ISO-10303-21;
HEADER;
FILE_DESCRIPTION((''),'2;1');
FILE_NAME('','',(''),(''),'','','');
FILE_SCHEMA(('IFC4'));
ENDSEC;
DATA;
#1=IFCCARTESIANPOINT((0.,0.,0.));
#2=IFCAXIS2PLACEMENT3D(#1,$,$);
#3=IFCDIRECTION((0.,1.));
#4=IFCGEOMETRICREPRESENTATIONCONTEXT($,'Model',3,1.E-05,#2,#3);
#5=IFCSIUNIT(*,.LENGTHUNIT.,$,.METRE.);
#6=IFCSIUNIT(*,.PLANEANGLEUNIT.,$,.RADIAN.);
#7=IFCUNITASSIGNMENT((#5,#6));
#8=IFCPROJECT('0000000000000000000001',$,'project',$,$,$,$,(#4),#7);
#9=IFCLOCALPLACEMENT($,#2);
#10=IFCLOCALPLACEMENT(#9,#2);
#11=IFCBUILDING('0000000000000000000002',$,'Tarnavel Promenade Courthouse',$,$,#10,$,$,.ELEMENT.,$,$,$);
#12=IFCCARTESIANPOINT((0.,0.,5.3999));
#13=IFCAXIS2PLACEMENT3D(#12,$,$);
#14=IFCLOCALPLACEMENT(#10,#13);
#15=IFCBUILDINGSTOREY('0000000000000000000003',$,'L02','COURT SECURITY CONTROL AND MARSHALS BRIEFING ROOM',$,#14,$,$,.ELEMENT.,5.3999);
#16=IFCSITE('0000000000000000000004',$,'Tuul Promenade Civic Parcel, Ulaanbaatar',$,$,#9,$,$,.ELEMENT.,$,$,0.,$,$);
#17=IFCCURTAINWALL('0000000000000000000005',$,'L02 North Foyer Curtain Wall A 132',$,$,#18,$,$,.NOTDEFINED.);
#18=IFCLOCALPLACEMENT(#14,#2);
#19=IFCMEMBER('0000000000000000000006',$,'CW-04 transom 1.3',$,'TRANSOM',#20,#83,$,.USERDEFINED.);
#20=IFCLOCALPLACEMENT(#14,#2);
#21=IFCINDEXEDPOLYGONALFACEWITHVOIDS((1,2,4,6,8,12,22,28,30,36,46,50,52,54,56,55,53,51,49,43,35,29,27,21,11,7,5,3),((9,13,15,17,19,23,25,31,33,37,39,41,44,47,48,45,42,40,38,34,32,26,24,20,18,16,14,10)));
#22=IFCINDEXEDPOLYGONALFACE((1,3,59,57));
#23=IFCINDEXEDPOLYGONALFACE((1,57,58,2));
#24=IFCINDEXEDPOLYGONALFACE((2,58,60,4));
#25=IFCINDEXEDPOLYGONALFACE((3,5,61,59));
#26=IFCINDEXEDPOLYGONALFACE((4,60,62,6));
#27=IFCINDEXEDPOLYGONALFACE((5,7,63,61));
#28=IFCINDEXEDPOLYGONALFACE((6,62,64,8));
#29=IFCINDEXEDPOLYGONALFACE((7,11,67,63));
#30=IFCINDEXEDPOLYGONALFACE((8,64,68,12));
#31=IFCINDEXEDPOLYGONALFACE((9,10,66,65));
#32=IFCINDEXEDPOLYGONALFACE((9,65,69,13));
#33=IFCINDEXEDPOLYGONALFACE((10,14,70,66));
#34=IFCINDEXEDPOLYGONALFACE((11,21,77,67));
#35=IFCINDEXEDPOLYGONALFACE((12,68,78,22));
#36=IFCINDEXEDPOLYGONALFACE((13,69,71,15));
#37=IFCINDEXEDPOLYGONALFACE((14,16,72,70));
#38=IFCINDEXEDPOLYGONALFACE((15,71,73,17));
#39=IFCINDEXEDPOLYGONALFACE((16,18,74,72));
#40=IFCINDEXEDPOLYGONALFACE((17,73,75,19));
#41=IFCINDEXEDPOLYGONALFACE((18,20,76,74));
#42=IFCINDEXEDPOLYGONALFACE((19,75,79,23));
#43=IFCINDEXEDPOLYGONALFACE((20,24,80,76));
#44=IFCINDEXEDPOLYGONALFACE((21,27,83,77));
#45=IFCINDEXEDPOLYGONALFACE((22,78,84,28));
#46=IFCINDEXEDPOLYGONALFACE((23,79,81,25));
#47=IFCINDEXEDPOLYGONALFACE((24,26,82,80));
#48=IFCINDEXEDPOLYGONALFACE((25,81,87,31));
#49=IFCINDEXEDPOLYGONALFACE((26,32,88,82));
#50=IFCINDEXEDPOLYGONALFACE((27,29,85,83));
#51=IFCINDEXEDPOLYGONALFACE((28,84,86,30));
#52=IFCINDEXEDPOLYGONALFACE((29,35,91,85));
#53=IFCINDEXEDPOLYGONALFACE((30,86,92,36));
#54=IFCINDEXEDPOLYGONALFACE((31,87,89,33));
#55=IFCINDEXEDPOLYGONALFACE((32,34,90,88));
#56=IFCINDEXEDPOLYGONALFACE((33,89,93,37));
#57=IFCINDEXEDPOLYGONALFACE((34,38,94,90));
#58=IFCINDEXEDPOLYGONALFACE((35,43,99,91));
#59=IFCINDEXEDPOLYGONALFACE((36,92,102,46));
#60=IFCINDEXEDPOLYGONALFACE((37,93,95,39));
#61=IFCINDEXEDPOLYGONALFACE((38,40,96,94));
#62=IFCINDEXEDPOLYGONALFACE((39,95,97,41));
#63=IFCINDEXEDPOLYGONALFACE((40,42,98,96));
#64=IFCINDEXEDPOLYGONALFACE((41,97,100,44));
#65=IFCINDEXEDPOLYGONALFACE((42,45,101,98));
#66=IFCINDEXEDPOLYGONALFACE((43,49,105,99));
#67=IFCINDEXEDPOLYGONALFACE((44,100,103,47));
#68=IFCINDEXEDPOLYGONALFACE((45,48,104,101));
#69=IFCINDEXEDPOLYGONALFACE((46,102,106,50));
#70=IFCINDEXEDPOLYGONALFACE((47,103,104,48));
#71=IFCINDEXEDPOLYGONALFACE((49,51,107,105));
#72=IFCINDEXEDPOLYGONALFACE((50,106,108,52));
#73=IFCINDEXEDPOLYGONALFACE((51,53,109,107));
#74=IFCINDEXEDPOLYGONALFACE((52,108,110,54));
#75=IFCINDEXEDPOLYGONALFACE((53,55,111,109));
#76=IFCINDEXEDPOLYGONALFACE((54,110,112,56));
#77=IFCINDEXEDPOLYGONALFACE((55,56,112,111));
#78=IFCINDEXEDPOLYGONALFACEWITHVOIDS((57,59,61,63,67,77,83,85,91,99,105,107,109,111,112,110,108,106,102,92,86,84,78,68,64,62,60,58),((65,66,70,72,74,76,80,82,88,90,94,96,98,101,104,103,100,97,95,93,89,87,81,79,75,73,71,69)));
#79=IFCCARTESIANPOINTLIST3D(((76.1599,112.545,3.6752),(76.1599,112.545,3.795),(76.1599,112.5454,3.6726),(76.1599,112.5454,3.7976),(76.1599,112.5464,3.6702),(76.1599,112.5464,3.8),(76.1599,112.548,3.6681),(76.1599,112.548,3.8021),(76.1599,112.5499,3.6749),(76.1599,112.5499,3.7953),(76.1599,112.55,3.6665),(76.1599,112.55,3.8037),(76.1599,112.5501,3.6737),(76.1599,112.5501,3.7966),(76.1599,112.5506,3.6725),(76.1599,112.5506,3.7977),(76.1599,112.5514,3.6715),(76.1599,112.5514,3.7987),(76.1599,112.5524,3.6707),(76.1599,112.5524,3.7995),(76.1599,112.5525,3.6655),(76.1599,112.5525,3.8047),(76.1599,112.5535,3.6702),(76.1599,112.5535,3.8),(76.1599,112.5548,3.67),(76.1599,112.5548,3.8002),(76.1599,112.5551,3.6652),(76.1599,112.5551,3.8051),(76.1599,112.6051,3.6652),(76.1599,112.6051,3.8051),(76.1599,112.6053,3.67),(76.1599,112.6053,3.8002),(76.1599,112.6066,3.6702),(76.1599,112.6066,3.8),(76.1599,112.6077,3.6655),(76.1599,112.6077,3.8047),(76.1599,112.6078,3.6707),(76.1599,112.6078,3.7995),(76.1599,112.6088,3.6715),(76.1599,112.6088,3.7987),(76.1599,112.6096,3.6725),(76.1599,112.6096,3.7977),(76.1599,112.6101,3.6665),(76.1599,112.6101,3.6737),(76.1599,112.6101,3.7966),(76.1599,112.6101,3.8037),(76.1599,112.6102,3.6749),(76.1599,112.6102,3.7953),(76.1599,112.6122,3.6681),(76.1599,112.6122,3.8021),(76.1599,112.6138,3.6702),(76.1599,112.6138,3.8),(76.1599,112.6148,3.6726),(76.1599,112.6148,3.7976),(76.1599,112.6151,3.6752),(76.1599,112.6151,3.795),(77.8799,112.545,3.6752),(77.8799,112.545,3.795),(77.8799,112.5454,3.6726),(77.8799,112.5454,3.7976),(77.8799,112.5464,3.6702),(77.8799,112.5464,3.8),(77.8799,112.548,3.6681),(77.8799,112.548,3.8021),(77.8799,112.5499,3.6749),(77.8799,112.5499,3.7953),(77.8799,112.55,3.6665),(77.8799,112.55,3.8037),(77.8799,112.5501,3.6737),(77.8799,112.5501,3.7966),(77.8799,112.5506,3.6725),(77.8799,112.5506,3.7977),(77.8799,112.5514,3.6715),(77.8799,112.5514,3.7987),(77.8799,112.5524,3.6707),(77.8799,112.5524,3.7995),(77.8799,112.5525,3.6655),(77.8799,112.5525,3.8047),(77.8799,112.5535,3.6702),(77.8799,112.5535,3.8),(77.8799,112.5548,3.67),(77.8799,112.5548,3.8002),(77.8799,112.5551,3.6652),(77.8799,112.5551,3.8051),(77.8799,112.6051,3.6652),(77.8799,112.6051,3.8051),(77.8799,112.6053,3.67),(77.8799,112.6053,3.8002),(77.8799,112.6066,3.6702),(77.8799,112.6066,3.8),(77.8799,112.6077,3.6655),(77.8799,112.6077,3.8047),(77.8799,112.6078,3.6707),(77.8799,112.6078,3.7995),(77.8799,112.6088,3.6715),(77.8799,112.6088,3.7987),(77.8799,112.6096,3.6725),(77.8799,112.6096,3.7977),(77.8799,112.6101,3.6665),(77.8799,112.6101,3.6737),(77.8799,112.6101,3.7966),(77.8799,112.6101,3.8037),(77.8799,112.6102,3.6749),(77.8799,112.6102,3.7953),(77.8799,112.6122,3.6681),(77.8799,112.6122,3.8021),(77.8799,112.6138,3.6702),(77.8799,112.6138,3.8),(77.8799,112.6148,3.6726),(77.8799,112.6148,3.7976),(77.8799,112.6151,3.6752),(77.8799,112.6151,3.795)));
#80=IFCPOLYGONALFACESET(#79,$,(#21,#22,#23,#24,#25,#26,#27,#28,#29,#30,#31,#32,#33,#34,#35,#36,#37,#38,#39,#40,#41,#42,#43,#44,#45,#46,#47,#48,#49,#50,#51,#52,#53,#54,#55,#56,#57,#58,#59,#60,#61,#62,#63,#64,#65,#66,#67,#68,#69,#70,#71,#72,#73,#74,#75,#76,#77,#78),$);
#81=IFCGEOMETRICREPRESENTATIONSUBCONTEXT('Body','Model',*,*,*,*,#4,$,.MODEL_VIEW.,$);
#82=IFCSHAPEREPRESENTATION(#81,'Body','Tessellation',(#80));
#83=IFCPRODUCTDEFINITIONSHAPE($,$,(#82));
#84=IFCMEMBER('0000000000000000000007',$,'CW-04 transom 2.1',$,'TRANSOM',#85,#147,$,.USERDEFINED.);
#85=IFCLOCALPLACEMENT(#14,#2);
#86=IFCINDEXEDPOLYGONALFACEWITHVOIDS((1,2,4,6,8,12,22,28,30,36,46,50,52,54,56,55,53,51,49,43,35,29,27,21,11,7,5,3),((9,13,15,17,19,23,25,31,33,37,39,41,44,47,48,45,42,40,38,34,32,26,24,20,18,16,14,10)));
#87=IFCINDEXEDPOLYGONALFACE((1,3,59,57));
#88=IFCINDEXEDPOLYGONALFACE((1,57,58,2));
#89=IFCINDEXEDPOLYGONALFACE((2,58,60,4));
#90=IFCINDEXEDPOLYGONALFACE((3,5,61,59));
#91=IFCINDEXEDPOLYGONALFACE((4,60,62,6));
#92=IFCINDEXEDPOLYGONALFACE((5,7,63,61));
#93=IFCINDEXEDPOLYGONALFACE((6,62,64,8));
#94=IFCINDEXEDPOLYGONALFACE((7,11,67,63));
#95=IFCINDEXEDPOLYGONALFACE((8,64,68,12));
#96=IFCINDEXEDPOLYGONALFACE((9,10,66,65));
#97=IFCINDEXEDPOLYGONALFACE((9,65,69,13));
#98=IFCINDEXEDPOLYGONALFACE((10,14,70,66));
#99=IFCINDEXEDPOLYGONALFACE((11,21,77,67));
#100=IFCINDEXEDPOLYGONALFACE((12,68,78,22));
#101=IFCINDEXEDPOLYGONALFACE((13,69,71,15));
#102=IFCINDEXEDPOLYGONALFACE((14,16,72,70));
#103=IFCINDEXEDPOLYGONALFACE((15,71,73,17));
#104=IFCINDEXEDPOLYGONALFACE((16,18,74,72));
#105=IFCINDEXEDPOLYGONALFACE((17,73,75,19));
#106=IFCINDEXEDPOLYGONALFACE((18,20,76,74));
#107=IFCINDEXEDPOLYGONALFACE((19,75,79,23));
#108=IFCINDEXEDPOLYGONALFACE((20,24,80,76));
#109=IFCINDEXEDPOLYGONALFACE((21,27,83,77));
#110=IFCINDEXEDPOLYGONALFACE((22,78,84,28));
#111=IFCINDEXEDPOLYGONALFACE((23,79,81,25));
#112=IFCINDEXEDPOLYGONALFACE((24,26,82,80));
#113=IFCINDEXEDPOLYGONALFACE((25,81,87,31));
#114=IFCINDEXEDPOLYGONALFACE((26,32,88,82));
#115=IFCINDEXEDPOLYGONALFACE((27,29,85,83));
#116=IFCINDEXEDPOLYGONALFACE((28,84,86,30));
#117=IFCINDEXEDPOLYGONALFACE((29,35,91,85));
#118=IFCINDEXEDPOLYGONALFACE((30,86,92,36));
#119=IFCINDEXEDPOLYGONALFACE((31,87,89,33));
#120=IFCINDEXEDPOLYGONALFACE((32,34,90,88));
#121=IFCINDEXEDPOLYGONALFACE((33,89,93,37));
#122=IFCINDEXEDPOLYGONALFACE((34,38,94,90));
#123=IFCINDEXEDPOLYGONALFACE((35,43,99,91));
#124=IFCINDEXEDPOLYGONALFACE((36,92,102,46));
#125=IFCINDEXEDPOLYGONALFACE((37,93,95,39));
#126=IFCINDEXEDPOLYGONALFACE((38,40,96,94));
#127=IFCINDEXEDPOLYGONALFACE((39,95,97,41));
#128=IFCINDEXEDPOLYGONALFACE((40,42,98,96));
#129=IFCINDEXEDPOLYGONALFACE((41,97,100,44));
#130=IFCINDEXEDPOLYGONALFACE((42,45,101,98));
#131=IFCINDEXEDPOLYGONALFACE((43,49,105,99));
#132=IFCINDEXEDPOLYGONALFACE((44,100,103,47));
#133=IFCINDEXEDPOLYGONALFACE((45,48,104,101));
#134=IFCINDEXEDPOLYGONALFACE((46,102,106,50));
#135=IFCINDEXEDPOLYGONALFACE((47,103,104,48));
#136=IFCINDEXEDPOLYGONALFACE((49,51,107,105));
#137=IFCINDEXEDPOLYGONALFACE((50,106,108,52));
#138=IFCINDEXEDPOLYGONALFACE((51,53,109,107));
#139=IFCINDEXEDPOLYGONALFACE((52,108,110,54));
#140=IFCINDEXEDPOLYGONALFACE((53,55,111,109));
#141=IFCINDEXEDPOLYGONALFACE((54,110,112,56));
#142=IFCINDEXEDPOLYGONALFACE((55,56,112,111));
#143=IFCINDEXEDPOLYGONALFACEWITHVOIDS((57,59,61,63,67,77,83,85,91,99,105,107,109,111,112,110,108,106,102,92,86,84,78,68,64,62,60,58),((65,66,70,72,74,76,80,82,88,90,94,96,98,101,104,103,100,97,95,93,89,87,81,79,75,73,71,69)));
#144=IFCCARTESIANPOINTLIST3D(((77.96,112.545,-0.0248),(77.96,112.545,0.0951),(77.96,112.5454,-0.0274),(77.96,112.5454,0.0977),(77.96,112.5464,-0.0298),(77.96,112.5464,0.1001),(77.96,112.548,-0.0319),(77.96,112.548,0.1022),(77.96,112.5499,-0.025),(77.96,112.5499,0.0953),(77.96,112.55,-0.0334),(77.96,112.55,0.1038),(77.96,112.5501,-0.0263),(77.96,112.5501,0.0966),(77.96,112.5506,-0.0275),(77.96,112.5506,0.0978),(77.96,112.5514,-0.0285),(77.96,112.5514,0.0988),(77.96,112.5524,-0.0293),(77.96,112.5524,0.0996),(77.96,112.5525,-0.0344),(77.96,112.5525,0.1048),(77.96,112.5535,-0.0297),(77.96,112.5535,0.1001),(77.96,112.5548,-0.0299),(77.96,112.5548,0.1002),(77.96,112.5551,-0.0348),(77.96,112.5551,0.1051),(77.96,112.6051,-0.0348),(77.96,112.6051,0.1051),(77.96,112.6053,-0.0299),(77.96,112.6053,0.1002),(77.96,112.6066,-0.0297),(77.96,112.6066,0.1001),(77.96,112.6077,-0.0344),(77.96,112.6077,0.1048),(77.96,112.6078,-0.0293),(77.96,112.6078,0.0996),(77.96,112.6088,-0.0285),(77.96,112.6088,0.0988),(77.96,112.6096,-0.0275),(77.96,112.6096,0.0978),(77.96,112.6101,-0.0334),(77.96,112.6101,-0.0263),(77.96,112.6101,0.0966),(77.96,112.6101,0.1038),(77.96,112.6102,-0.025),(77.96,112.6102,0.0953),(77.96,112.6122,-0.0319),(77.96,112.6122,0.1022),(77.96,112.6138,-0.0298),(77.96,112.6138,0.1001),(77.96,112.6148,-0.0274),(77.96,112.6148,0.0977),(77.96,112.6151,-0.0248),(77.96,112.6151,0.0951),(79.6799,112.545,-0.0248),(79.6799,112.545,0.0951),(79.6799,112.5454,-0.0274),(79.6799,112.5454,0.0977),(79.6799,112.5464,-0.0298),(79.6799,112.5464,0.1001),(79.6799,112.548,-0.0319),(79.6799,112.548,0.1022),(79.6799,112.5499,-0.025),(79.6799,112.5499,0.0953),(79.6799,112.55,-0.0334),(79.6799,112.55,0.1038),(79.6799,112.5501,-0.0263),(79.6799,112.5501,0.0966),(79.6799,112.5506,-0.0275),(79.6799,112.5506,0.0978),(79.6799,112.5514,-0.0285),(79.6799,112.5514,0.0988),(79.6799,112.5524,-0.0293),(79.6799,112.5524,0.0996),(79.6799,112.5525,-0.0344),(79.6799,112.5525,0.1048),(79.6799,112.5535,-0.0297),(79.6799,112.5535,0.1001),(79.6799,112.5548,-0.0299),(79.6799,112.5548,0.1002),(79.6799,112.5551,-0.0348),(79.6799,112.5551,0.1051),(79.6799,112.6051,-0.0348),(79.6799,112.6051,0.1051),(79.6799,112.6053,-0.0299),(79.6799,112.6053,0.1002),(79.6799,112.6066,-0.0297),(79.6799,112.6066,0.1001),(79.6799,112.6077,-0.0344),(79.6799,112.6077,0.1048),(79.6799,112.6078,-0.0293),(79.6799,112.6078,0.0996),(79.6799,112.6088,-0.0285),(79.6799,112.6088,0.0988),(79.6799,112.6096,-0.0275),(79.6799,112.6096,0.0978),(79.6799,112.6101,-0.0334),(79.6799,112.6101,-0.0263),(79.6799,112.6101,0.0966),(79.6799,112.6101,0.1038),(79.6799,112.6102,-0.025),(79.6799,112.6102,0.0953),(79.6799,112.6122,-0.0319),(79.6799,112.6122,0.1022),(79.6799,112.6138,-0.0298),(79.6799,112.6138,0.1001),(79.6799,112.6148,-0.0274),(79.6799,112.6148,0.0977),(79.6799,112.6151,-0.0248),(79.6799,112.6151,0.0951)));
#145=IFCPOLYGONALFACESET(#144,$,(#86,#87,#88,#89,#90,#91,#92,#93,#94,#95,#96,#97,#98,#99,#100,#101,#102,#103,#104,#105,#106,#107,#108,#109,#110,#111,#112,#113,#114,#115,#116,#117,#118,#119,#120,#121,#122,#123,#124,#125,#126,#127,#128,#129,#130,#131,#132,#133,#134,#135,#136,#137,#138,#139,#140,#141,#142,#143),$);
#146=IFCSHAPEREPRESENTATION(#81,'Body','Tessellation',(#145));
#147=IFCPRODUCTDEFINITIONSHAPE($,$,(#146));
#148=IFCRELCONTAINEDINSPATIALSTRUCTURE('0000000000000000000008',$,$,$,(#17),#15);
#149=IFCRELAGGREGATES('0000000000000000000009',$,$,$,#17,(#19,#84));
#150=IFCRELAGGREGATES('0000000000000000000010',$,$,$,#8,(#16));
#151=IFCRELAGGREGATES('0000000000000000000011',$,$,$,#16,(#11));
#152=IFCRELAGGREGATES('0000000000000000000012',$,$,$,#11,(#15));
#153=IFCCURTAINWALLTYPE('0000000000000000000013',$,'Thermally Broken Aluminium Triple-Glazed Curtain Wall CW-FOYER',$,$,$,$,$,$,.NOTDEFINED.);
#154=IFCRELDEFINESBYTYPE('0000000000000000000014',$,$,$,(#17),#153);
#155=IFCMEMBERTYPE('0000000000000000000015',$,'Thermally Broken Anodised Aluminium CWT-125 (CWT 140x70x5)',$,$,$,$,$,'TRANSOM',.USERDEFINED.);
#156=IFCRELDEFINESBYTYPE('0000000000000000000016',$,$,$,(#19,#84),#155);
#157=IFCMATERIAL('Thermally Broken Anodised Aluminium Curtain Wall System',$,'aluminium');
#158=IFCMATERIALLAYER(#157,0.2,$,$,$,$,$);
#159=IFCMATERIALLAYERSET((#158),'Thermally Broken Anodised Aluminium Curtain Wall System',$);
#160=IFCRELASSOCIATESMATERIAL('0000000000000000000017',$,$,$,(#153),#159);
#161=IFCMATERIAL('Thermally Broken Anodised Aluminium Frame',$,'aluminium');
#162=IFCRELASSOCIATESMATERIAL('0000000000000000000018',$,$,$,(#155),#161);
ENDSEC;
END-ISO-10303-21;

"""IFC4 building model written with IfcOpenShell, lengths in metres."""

from ifc_helpers import new_model, si_unit, direction, frame, origin, origin_2d, place, context, subcontext, project, spatial, hollow_rectangle, extrude, material, layer, layer_set, material_profile, profile_set, type_object, element, aggregate, save


model = new_model("IFC4")

# Units and contexts
model_context = context("Model", 3, precision=1e-05, world=origin(), true_north=direction((0.0, 1.0)))
body_context = subcontext(model_context, "Body", "Model", "MODEL_VIEW")
ifc_project = project(units=[si_unit("LENGTHUNIT", "METRE"), si_unit("PLANEANGLEUNIT", "RADIAN")], contexts=[model_context])

# Site, building, storey
site_placement = place(None, origin())
site = spatial("IfcSite", under=ifc_project, at=site_placement, Name="Tuul Promenade Civic Parcel, Ulaanbaatar", CompositionType="ELEMENT", RefElevation=0.0)
building_placement = place(site_placement, origin())
building = spatial("IfcBuilding", under=site, at=building_placement, Name="Tarnavel Promenade Courthouse", CompositionType="ELEMENT")
storey_placement = place(building_placement, frame((0.0, 0.0, 5.3999)))
storey = spatial("IfcBuildingStorey", under=building, at=storey_placement, Name="L02", Description="COURT SECURITY CONTROL AND MARSHALS BRIEFING ROOM", CompositionType="ELEMENT", Elevation=5.3999)

# Curtain wall
ifc_material_1 = material(Name="Thermally Broken Anodised Aluminium Curtain Wall System", Category="aluminium")
ifc_layer_1 = layer(ifc_material_1, 0.2)
ifc_layer_set_1 = layer_set([ifc_layer_1], Name="Thermally Broken Anodised Aluminium Curtain Wall System")
curtain_wall_type = type_object("IfcCurtainWallType", Name="Thermally Broken Aluminium Triple-Glazed Curtain Wall CW-FOYER", PredefinedType="NOTDEFINED", material=ifc_layer_set_1)
curtain_wall_1_placement = place(storey_placement, origin())
curtain_wall_1 = element("IfcCurtainWall", 1, at=curtain_wall_1_placement, inside=storey, type_object=curtain_wall_type, Name="L02 North Foyer Curtain Wall A 132", PredefinedType="NOTDEFINED")
ifc_material_2 = material(Name="Thermally Broken Anodised Aluminium Frame", Category="aluminium")

# Members
ifc_material_profile_1 = material_profile(ifc_material_2, hollow_rectangle(XDim=0.0701, YDim=0.1399, WallThickness=0.0049, InnerFilletRadius=0.0049, OuterFilletRadius=0.01, at=origin_2d()), Name="CWT 140x70x5")
ifc_profile_set_1 = profile_set([ifc_material_profile_1], Name="Thermally Broken Anodised Aluminium Frame")
member_type_1 = type_object("IfcMemberType", Name="Thermally Broken Anodised Aluminium CWT-125 (CWT 140x70x5)", ElementType="TRANSOM", PredefinedType="USERDEFINED", material=ifc_profile_set_1)
member_1_placement = place(storey_placement, frame((76.1599, 112.5801, 3.7351), z_axis=(1.0, 0.0, 0.0), x_axis=(0.0, 1.0, 0.0)))
member_1 = element("IfcMember", 2, at=member_1_placement, type_object=member_type_1, Name="CW-04 transom 1.3", ObjectType="TRANSOM", PredefinedType="USERDEFINED", context=body_context, shape_type="SweptSolid", body=[
    extrude(hollow_rectangle(XDim=0.0701, YDim=0.1399, WallThickness=0.0049, InnerFilletRadius=0.0049, OuterFilletRadius=0.01, at=origin_2d()), origin(), (0.0, 0.0, 1.0), 1.72),
])
member_2_placement = place(storey_placement, frame((77.96, 112.5801, 0.0352), z_axis=(1.0, 0.0, 0.0), x_axis=(0.0, 1.0, 0.0)))
member_2 = element("IfcMember", 3, at=member_2_placement, type_object=member_type_1, Name="CW-04 transom 2.1", ObjectType="TRANSOM", PredefinedType="USERDEFINED", context=body_context, shape_type="SweptSolid", body=[
    extrude(hollow_rectangle(XDim=0.0701, YDim=0.1399, WallThickness=0.0049, InnerFilletRadius=0.0049, OuterFilletRadius=0.01, at=origin_2d()), origin(), (0.0, 0.0, 1.0), 1.72),
])

aggregate(curtain_wall_1, [member_1, member_2])

save(model, "model.ifc")
